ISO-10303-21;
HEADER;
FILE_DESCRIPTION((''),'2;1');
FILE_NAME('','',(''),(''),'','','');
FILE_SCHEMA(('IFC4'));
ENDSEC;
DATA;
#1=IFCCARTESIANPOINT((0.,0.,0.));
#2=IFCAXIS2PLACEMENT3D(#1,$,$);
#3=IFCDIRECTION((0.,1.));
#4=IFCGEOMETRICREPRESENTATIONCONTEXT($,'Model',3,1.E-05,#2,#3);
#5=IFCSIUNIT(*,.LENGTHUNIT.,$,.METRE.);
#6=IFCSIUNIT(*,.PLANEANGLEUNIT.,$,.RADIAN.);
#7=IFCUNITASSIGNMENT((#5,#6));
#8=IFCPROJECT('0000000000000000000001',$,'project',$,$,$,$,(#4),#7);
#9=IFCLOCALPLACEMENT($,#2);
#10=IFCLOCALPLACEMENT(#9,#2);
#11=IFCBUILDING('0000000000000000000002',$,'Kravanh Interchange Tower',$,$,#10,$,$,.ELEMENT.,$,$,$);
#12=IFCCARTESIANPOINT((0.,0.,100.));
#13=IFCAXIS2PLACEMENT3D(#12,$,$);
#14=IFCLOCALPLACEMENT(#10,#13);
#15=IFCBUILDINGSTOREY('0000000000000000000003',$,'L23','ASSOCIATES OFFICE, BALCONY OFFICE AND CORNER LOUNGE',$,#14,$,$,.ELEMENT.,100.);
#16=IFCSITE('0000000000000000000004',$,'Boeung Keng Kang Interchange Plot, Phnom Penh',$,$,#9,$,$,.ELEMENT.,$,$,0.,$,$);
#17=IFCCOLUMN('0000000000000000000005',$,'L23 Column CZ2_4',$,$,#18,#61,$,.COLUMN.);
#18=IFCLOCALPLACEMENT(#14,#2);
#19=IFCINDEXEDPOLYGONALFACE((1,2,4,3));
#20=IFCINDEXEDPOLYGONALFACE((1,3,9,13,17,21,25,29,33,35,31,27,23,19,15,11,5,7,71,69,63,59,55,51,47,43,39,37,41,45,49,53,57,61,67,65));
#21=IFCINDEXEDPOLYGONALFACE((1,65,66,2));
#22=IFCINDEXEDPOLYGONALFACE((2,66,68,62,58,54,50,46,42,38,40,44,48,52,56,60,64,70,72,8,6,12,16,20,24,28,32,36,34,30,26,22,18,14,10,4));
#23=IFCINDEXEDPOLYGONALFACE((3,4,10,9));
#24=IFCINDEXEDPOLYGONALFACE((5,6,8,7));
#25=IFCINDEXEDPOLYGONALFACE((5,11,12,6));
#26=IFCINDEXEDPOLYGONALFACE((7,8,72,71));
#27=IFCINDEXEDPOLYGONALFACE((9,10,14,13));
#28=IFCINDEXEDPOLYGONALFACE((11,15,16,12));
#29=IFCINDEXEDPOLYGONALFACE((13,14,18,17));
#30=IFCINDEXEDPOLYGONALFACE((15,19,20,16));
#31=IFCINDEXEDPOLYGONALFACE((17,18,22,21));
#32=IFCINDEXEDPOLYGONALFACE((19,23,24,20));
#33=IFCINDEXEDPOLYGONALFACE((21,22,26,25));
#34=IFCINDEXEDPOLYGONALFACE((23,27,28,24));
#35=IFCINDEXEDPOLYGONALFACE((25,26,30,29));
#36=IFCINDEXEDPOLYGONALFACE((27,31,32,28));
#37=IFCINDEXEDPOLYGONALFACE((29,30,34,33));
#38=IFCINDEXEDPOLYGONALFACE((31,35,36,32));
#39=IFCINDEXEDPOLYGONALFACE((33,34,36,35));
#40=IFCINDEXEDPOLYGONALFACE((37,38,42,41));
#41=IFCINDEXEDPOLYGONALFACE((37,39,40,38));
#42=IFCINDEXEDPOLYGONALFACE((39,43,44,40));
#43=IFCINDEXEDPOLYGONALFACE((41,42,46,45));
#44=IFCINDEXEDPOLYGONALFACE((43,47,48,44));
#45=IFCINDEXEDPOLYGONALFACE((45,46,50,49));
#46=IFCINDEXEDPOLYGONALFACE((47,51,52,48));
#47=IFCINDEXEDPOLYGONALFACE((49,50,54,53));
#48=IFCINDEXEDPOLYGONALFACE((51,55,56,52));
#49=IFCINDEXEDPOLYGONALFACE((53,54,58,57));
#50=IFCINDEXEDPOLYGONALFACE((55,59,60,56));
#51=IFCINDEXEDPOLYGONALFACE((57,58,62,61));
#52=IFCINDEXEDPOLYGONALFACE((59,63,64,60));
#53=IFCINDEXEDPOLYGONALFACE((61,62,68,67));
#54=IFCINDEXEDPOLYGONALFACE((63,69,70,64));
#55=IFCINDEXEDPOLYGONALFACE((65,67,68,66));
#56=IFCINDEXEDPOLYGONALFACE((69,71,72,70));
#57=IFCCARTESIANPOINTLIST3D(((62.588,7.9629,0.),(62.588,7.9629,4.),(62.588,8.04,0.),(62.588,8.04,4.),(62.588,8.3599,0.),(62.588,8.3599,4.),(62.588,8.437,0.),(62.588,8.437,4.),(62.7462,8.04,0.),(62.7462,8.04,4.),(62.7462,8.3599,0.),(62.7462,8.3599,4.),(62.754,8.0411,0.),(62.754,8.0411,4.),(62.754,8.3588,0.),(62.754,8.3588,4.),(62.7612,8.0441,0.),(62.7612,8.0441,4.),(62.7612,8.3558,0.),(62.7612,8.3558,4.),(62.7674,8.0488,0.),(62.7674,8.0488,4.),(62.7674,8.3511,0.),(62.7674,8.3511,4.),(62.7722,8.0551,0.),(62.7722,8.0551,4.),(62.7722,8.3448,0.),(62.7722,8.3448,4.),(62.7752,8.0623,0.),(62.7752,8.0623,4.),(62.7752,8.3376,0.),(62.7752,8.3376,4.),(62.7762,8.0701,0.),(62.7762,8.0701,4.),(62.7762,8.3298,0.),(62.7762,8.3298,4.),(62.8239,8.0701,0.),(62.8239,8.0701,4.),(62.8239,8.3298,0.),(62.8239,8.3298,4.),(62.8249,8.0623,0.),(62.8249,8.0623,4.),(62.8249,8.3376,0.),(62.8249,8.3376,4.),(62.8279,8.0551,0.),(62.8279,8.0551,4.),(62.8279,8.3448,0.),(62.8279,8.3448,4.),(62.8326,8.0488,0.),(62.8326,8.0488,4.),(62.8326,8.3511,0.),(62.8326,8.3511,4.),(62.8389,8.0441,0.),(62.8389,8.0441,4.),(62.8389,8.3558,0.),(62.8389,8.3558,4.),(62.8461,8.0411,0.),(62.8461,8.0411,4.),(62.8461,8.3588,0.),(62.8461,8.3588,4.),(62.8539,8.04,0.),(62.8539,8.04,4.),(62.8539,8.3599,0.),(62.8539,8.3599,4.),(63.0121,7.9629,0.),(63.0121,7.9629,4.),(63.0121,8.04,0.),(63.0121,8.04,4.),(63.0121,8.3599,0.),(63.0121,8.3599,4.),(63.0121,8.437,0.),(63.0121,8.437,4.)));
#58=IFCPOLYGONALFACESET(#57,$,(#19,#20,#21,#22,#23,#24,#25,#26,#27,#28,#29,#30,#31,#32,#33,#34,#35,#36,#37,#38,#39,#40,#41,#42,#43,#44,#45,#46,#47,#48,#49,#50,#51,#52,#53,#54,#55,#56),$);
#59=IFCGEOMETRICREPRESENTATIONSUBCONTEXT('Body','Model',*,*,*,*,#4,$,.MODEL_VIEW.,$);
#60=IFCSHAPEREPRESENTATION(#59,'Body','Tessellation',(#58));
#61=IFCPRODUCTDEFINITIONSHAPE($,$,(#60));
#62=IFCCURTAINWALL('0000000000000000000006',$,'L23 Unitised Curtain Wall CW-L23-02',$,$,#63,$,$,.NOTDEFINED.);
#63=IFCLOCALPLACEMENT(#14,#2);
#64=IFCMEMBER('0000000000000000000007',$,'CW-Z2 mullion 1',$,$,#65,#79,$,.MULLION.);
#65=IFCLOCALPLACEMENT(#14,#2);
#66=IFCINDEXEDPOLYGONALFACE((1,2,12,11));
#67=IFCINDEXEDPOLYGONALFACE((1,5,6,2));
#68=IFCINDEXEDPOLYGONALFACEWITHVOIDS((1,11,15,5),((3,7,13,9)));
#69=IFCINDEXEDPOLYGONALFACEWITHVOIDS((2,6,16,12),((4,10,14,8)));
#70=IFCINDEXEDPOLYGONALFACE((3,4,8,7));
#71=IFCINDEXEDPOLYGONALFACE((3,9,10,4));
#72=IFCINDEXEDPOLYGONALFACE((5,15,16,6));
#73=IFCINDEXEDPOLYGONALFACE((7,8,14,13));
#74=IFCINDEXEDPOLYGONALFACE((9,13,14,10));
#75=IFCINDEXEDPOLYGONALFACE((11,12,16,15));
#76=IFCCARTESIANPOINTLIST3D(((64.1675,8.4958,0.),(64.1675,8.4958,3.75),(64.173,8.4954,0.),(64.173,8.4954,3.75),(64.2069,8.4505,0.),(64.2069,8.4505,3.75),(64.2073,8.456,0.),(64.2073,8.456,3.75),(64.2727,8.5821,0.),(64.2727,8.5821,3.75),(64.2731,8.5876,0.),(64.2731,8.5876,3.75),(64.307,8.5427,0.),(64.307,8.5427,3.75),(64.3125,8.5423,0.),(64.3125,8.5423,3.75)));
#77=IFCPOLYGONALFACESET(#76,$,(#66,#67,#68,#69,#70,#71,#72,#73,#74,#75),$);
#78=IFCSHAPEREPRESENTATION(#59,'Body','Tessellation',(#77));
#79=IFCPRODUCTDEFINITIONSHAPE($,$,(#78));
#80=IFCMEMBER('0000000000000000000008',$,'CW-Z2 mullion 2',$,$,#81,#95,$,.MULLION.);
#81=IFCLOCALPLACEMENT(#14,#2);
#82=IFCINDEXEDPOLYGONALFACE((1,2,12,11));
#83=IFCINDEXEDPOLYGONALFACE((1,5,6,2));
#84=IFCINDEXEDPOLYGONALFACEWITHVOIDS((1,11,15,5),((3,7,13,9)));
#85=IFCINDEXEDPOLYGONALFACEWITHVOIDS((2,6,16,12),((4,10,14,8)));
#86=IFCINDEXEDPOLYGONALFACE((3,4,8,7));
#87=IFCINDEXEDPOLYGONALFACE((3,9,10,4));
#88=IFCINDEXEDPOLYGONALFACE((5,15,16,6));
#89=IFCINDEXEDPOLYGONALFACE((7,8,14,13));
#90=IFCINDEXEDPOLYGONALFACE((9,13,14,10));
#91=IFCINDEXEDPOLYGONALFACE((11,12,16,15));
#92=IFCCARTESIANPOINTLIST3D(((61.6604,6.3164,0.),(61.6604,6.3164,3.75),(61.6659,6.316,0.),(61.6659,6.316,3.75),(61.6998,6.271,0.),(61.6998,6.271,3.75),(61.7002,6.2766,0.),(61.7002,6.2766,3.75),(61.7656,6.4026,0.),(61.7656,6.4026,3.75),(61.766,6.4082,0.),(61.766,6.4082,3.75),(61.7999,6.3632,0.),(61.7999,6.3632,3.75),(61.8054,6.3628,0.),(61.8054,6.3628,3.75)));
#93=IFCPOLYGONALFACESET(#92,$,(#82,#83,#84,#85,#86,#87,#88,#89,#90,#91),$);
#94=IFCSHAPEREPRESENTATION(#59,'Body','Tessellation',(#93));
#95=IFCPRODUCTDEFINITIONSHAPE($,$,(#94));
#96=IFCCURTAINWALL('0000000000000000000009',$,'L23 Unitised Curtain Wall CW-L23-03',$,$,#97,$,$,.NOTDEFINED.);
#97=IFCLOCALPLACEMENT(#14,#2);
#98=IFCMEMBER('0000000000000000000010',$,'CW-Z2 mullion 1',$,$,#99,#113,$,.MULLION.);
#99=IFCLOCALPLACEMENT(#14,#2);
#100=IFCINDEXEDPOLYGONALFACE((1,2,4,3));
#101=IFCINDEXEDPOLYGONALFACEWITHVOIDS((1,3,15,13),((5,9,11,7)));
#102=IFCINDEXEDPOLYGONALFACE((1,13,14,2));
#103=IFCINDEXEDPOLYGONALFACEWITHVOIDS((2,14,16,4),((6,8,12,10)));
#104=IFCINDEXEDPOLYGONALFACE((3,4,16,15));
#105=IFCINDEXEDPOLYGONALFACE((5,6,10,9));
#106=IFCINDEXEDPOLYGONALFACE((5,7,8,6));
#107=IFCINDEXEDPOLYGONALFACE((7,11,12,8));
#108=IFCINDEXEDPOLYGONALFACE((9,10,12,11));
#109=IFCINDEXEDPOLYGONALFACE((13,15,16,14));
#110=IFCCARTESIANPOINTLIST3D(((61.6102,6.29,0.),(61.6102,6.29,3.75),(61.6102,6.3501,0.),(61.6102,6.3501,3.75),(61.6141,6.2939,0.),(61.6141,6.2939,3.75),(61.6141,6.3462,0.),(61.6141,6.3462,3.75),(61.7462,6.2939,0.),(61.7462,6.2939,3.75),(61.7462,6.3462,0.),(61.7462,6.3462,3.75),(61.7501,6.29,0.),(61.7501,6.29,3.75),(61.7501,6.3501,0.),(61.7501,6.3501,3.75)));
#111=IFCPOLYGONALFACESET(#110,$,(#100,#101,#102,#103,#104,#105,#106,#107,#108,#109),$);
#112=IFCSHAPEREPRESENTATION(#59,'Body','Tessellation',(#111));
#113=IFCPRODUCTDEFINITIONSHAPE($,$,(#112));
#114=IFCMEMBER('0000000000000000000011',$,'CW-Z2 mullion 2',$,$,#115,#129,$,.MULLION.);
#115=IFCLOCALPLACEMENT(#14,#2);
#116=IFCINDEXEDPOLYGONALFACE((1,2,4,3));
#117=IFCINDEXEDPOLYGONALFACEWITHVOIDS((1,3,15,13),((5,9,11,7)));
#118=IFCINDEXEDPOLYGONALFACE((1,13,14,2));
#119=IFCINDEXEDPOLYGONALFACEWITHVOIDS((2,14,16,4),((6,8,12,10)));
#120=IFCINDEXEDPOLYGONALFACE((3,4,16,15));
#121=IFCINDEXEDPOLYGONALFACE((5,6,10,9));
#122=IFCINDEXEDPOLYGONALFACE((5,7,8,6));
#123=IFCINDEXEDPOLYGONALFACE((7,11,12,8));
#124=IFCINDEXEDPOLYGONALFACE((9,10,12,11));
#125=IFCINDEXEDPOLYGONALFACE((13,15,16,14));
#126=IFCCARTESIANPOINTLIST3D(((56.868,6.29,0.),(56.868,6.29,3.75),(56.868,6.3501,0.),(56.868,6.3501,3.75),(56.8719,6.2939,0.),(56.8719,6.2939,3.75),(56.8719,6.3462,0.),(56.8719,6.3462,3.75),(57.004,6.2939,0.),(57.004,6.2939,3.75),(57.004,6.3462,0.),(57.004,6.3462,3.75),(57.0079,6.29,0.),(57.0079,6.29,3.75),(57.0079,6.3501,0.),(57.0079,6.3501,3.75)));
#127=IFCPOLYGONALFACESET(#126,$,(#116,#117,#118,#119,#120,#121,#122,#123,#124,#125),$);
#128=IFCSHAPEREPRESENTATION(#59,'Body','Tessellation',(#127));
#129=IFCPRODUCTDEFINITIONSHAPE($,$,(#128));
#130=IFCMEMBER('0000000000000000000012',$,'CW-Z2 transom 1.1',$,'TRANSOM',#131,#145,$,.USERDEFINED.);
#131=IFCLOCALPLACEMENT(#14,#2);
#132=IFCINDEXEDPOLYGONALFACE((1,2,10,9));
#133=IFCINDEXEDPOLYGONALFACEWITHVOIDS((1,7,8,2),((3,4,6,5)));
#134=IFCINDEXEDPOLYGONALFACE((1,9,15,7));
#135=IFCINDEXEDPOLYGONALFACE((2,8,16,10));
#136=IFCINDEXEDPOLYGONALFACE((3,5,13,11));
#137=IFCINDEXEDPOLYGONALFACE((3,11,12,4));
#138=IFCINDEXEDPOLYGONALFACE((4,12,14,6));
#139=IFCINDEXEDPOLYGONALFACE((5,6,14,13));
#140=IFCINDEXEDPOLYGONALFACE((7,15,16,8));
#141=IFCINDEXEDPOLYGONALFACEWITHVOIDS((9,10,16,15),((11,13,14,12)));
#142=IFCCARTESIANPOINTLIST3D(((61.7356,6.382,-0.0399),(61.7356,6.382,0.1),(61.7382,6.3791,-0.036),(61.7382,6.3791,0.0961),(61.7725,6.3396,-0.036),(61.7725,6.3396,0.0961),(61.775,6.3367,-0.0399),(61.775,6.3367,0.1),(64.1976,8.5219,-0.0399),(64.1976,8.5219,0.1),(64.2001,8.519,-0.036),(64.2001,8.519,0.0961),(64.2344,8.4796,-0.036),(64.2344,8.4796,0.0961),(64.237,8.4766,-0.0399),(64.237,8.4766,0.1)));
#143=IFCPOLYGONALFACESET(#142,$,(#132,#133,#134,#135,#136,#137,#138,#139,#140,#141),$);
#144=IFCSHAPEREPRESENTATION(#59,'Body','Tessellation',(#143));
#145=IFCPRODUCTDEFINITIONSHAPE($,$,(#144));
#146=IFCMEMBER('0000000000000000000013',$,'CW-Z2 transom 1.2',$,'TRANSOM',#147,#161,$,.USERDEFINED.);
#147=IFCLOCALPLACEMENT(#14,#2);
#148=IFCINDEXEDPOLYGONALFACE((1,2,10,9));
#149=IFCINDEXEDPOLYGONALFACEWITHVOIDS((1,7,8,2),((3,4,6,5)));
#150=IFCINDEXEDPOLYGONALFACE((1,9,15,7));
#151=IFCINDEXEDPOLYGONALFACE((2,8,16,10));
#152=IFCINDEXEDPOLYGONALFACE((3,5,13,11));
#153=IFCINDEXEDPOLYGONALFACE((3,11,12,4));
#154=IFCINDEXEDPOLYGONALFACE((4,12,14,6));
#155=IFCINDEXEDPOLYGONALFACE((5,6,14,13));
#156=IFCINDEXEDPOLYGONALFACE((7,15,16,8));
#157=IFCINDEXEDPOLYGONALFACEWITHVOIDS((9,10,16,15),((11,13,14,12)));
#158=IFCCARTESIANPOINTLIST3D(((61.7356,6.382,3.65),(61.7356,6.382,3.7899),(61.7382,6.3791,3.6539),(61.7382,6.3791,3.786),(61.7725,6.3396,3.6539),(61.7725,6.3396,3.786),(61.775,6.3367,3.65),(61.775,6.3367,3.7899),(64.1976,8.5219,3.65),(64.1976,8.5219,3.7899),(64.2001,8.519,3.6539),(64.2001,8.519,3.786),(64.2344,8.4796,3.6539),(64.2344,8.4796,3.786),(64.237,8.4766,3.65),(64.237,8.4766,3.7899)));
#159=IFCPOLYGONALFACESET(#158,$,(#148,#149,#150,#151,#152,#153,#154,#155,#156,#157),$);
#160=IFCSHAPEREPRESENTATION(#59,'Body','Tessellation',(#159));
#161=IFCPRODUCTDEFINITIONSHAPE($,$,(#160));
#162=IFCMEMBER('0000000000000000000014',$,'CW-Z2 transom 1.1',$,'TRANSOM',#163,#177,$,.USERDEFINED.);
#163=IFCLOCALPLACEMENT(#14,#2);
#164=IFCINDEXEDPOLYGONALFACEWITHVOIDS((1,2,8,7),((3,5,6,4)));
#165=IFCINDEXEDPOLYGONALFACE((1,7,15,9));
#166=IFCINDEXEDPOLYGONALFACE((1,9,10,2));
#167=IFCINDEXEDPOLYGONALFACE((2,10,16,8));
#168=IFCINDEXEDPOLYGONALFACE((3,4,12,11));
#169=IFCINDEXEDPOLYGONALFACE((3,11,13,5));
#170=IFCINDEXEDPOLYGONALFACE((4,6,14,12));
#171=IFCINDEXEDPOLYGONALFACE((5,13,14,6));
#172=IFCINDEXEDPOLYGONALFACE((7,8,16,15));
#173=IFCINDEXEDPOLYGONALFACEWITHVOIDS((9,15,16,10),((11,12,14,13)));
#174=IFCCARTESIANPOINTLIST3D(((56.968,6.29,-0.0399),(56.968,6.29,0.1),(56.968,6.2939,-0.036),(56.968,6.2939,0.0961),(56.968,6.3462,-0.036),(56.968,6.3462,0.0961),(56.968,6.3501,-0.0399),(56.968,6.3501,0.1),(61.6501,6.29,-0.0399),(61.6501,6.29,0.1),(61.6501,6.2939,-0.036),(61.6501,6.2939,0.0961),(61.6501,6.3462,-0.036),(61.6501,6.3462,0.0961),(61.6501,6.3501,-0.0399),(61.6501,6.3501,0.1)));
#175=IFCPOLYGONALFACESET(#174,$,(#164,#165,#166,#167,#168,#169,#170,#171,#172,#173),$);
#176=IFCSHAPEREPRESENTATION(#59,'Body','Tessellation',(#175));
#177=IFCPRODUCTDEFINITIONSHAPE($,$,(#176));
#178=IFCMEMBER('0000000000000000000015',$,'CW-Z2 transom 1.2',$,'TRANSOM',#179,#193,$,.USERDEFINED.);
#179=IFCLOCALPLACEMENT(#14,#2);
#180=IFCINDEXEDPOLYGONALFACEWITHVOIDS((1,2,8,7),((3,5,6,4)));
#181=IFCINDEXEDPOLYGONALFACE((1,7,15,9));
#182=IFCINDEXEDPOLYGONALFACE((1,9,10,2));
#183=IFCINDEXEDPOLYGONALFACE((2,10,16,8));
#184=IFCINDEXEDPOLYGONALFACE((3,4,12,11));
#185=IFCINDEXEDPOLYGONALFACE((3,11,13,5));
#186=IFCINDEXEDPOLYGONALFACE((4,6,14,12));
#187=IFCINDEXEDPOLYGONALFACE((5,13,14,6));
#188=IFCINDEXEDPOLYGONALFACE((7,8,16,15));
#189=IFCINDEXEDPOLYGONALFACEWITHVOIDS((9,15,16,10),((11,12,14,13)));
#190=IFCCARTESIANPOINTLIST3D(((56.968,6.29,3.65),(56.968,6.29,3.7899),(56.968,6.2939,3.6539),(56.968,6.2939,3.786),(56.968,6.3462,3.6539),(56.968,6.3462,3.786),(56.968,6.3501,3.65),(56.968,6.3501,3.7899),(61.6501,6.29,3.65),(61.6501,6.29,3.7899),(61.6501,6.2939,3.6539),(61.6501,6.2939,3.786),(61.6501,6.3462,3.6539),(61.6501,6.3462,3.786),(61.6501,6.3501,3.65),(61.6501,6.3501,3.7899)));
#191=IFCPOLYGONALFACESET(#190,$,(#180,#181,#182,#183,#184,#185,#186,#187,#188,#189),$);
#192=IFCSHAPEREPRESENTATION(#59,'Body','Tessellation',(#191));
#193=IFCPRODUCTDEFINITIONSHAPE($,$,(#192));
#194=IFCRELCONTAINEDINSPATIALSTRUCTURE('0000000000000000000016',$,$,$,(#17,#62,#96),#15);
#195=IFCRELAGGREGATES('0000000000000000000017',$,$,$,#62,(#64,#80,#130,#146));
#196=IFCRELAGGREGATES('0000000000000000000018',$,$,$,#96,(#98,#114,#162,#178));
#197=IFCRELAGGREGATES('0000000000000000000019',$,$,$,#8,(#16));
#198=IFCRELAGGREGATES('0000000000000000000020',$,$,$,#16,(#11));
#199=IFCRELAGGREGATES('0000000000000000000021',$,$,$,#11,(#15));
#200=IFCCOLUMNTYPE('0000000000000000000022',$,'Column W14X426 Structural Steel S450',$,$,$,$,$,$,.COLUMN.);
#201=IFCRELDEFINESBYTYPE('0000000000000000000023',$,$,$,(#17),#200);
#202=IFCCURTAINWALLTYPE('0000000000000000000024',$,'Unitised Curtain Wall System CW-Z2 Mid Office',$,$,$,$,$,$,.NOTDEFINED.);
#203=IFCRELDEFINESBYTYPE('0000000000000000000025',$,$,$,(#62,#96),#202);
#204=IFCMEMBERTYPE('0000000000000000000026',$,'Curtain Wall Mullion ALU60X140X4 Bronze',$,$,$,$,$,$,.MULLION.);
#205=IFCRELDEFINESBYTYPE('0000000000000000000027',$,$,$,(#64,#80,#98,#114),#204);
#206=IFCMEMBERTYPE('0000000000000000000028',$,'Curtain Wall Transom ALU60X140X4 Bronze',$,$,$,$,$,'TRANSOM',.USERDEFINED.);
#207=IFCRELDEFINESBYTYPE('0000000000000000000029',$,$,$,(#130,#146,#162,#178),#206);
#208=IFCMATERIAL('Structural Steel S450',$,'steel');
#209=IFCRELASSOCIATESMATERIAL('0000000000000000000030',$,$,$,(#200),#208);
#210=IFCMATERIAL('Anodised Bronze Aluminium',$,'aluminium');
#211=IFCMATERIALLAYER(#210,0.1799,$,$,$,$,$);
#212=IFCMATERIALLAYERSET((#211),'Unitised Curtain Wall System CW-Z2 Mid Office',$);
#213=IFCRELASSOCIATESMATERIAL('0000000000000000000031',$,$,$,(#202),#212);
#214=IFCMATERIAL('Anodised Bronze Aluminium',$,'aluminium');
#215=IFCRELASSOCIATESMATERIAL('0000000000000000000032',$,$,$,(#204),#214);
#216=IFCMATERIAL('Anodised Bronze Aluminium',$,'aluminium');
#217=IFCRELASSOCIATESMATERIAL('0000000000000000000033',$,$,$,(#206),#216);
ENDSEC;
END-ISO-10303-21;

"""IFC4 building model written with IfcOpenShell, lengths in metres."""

from ifc_helpers import new_model, si_unit, direction, frame, origin, origin_2d, place, context, subcontext, project, spatial, hollow_rectangle, i_section, extrude, material, layer, layer_set, material_profile, profile_set, type_object, element, aggregate, save


model = new_model("IFC4")

# Units and contexts
model_context = context("Model", 3, precision=1e-05, world=origin(), true_north=direction((0.0, 1.0)))
body_context = subcontext(model_context, "Body", "Model", "MODEL_VIEW")
ifc_project = project(units=[si_unit("LENGTHUNIT", "METRE"), si_unit("PLANEANGLEUNIT", "RADIAN")], contexts=[model_context])

# Site, building, storey
site_placement = place(None, origin())
site = spatial("IfcSite", under=ifc_project, at=site_placement, Name="Boeung Keng Kang Interchange Plot, Phnom Penh", CompositionType="ELEMENT", RefElevation=0.0)
building_placement = place(site_placement, origin())
building = spatial("IfcBuilding", under=site, at=building_placement, Name="Kravanh Interchange Tower", CompositionType="ELEMENT")
storey_placement = place(building_placement, frame((0.0, 0.0, 100.0)))
storey = spatial("IfcBuildingStorey", under=building, at=storey_placement, Name="L23", Description="ASSOCIATES OFFICE, BALCONY OFFICE AND CORNER LOUNGE", CompositionType="ELEMENT", Elevation=100.0)

# Column
ifc_material_1 = material(Name="Structural Steel S450", Category="steel")
ifc_material_profile_1 = material_profile(ifc_material_1, i_section(OverallWidth=0.4241, OverallDepth=0.4741, WebThickness=0.0476, FlangeThickness=0.0771, FilletRadius=0.03, at=origin_2d()), Name="W14X426")
ifc_profile_set_1 = profile_set([ifc_material_profile_1], Name="Structural Steel S450")
column_type = type_object("IfcColumnType", Name="Column W14X426 Structural Steel S450", PredefinedType="COLUMN", material=ifc_profile_set_1)
column_placement = place(storey_placement, frame((62.8, 8.2, 0.0), z_axis=(0.0, 0.0, 1.0), x_axis=(1.0, 0.0, 0.0)))
element("IfcColumn", 1, at=column_placement, inside=storey, type_object=column_type, Name="L23 Column CZ2_4", PredefinedType="COLUMN", context=body_context, shape_type="SweptSolid", body=[
    extrude(i_section(OverallWidth=0.4241, OverallDepth=0.4741, WebThickness=0.0476, FlangeThickness=0.0771, FilletRadius=0.03, at=origin_2d()), origin(), (0.0, 0.0, 1.0), 4.0),
])

# Curtain walls, members
ifc_material_2 = material(Name="Anodised Bronze Aluminium", Category="aluminium")
ifc_layer_1 = layer(ifc_material_2, 0.1799)
ifc_layer_set_1 = layer_set([ifc_layer_1], Name="Unitised Curtain Wall System CW-Z2 Mid Office")
curtain_wall_type = type_object("IfcCurtainWallType", Name="Unitised Curtain Wall System CW-Z2 Mid Office", PredefinedType="NOTDEFINED", material=ifc_layer_set_1)
curtain_wall_1_placement = place(storey_placement, origin())
curtain_wall_1 = element("IfcCurtainWall", 2, at=curtain_wall_1_placement, inside=storey, type_object=curtain_wall_type, Name="L23 Unitised Curtain Wall CW-L23-02", PredefinedType="NOTDEFINED")
ifc_material_3 = material(Name="Anodised Bronze Aluminium", Category="aluminium")
ifc_material_profile_2 = material_profile(ifc_material_3, hollow_rectangle(XDim=0.0601, YDim=0.1399, WallThickness=0.0039, at=origin_2d()), Name="ALU60X140X4")
ifc_profile_set_2 = profile_set([ifc_material_profile_2], Name="Anodised Bronze Aluminium")
member_type_1 = type_object("IfcMemberType", Name="Curtain Wall Mullion ALU60X140X4 Bronze", PredefinedType="MULLION", material=ifc_profile_set_2)
member_1_placement = place(storey_placement, frame((64.24, 8.519, 0.0), z_axis=(0.0, 0.0, 1.0), x_axis=(0.656048, -0.754719, 0.0)))
member_1 = element("IfcMember", 3, at=member_1_placement, type_object=member_type_1, Name="CW-Z2 mullion 1", PredefinedType="MULLION", context=body_context, shape_type="SweptSolid", body=[
    extrude(hollow_rectangle(XDim=0.0601, YDim=0.1399, WallThickness=0.0039, at=origin_2d()), origin(), (0.0, 0.0, 1.0), 3.75),
])
member_2_placement = place(storey_placement, frame((61.7329, 6.3396, 0.0), z_axis=(0.0, 0.0, 1.0), x_axis=(0.656048, -0.754719, 0.0)))
member_2 = element("IfcMember", 4, at=member_2_placement, type_object=member_type_1, Name="CW-Z2 mullion 2", PredefinedType="MULLION", context=body_context, shape_type="SweptSolid", body=[
    extrude(hollow_rectangle(XDim=0.0601, YDim=0.1399, WallThickness=0.0039, at=origin_2d()), origin(), (0.0, 0.0, 1.0), 3.75),
])
curtain_wall_2_placement = place(storey_placement, origin())
curtain_wall_2 = element("IfcCurtainWall", 5, at=curtain_wall_2_placement, inside=storey, type_object=curtain_wall_type, Name="L23 Unitised Curtain Wall CW-L23-03", PredefinedType="NOTDEFINED")
member_3_placement = place(storey_placement, frame((61.6802, 6.3201, 0.0), z_axis=(0.0, 0.0, 1.0), x_axis=(0.0, -1.0, 0.0)))
member_3 = element("IfcMember", 6, at=member_3_placement, type_object=member_type_1, Name="CW-Z2 mullion 1", PredefinedType="MULLION", context=body_context, shape_type="SweptSolid", body=[
    extrude(hollow_rectangle(XDim=0.0601, YDim=0.1399, WallThickness=0.0039, at=origin_2d()), origin(), (0.0, 0.0, 1.0), 3.75),
])
member_4_placement = place(storey_placement, frame((56.938, 6.3201, 0.0), z_axis=(0.0, 0.0, 1.0), x_axis=(0.0, -1.0, 0.0)))
member_4 = element("IfcMember", 7, at=member_4_placement, type_object=member_type_1, Name="CW-Z2 mullion 2", PredefinedType="MULLION", context=body_context, shape_type="SweptSolid", body=[
    extrude(hollow_rectangle(XDim=0.0601, YDim=0.1399, WallThickness=0.0039, at=origin_2d()), origin(), (0.0, 0.0, 1.0), 3.75),
])

# Members
ifc_material_4 = material(Name="Anodised Bronze Aluminium", Category="aluminium")
ifc_material_profile_3 = material_profile(ifc_material_4, hollow_rectangle(XDim=0.0601, YDim=0.1399, WallThickness=0.0039, at=origin_2d()), Name="ALU60X140X4")
ifc_profile_set_3 = profile_set([ifc_material_profile_3], Name="Anodised Bronze Aluminium")
member_type_2 = type_object("IfcMemberType", Name="Curtain Wall Transom ALU60X140X4 Bronze", ElementType="TRANSOM", PredefinedType="USERDEFINED", material=ifc_profile_set_3)
member_5_placement = place(storey_placement, frame((64.2173, 8.4993, 0.03), z_axis=(-0.754742, -0.656021, 0.0), x_axis=(0.656021, -0.754742, 0.0)))
member_5 = element("IfcMember", 8, at=member_5_placement, type_object=member_type_2, Name="CW-Z2 transom 1.1", ObjectType="TRANSOM", PredefinedType="USERDEFINED", context=body_context, shape_type="SweptSolid", body=[
    extrude(hollow_rectangle(XDim=0.0601, YDim=0.1399, WallThickness=0.0039, at=origin_2d()), origin(), (0.0, 0.0, 1.0), 3.262),
])
member_6_placement = place(storey_placement, frame((64.2173, 8.4993, 3.72), z_axis=(-0.754742, -0.656021, 0.0), x_axis=(0.656021, -0.754742, 0.0)))
member_6 = element("IfcMember", 9, at=member_6_placement, type_object=member_type_2, Name="CW-Z2 transom 1.2", ObjectType="TRANSOM", PredefinedType="USERDEFINED", context=body_context, shape_type="SweptSolid", body=[
    extrude(hollow_rectangle(XDim=0.0601, YDim=0.1399, WallThickness=0.0039, at=origin_2d()), origin(), (0.0, 0.0, 1.0), 3.262),
])
member_7_placement = place(storey_placement, frame((61.6501, 6.3201, 0.03), z_axis=(-1.0, 0.0, 0.0), x_axis=(0.0, -1.0, 0.0)))
member_7 = element("IfcMember", 10, at=member_7_placement, type_object=member_type_2, Name="CW-Z2 transom 1.1", ObjectType="TRANSOM", PredefinedType="USERDEFINED", context=body_context, shape_type="SweptSolid", body=[
    extrude(hollow_rectangle(XDim=0.0601, YDim=0.1399, WallThickness=0.0039, at=origin_2d()), origin(), (0.0, 0.0, 1.0), 4.6821),
])
member_8_placement = place(storey_placement, frame((61.6501, 6.3201, 3.72), z_axis=(-1.0, 0.0, 0.0), x_axis=(0.0, -1.0, 0.0)))
member_8 = element("IfcMember", 11, at=member_8_placement, type_object=member_type_2, Name="CW-Z2 transom 1.2", ObjectType="TRANSOM", PredefinedType="USERDEFINED", context=body_context, shape_type="SweptSolid", body=[
    extrude(hollow_rectangle(XDim=0.0601, YDim=0.1399, WallThickness=0.0039, at=origin_2d()), origin(), (0.0, 0.0, 1.0), 4.6821),
])

aggregate(curtain_wall_1, [member_1, member_2, member_5, member_6])
aggregate(curtain_wall_2, [member_3, member_4, member_7, member_8])

save(model, "model.ifc")
